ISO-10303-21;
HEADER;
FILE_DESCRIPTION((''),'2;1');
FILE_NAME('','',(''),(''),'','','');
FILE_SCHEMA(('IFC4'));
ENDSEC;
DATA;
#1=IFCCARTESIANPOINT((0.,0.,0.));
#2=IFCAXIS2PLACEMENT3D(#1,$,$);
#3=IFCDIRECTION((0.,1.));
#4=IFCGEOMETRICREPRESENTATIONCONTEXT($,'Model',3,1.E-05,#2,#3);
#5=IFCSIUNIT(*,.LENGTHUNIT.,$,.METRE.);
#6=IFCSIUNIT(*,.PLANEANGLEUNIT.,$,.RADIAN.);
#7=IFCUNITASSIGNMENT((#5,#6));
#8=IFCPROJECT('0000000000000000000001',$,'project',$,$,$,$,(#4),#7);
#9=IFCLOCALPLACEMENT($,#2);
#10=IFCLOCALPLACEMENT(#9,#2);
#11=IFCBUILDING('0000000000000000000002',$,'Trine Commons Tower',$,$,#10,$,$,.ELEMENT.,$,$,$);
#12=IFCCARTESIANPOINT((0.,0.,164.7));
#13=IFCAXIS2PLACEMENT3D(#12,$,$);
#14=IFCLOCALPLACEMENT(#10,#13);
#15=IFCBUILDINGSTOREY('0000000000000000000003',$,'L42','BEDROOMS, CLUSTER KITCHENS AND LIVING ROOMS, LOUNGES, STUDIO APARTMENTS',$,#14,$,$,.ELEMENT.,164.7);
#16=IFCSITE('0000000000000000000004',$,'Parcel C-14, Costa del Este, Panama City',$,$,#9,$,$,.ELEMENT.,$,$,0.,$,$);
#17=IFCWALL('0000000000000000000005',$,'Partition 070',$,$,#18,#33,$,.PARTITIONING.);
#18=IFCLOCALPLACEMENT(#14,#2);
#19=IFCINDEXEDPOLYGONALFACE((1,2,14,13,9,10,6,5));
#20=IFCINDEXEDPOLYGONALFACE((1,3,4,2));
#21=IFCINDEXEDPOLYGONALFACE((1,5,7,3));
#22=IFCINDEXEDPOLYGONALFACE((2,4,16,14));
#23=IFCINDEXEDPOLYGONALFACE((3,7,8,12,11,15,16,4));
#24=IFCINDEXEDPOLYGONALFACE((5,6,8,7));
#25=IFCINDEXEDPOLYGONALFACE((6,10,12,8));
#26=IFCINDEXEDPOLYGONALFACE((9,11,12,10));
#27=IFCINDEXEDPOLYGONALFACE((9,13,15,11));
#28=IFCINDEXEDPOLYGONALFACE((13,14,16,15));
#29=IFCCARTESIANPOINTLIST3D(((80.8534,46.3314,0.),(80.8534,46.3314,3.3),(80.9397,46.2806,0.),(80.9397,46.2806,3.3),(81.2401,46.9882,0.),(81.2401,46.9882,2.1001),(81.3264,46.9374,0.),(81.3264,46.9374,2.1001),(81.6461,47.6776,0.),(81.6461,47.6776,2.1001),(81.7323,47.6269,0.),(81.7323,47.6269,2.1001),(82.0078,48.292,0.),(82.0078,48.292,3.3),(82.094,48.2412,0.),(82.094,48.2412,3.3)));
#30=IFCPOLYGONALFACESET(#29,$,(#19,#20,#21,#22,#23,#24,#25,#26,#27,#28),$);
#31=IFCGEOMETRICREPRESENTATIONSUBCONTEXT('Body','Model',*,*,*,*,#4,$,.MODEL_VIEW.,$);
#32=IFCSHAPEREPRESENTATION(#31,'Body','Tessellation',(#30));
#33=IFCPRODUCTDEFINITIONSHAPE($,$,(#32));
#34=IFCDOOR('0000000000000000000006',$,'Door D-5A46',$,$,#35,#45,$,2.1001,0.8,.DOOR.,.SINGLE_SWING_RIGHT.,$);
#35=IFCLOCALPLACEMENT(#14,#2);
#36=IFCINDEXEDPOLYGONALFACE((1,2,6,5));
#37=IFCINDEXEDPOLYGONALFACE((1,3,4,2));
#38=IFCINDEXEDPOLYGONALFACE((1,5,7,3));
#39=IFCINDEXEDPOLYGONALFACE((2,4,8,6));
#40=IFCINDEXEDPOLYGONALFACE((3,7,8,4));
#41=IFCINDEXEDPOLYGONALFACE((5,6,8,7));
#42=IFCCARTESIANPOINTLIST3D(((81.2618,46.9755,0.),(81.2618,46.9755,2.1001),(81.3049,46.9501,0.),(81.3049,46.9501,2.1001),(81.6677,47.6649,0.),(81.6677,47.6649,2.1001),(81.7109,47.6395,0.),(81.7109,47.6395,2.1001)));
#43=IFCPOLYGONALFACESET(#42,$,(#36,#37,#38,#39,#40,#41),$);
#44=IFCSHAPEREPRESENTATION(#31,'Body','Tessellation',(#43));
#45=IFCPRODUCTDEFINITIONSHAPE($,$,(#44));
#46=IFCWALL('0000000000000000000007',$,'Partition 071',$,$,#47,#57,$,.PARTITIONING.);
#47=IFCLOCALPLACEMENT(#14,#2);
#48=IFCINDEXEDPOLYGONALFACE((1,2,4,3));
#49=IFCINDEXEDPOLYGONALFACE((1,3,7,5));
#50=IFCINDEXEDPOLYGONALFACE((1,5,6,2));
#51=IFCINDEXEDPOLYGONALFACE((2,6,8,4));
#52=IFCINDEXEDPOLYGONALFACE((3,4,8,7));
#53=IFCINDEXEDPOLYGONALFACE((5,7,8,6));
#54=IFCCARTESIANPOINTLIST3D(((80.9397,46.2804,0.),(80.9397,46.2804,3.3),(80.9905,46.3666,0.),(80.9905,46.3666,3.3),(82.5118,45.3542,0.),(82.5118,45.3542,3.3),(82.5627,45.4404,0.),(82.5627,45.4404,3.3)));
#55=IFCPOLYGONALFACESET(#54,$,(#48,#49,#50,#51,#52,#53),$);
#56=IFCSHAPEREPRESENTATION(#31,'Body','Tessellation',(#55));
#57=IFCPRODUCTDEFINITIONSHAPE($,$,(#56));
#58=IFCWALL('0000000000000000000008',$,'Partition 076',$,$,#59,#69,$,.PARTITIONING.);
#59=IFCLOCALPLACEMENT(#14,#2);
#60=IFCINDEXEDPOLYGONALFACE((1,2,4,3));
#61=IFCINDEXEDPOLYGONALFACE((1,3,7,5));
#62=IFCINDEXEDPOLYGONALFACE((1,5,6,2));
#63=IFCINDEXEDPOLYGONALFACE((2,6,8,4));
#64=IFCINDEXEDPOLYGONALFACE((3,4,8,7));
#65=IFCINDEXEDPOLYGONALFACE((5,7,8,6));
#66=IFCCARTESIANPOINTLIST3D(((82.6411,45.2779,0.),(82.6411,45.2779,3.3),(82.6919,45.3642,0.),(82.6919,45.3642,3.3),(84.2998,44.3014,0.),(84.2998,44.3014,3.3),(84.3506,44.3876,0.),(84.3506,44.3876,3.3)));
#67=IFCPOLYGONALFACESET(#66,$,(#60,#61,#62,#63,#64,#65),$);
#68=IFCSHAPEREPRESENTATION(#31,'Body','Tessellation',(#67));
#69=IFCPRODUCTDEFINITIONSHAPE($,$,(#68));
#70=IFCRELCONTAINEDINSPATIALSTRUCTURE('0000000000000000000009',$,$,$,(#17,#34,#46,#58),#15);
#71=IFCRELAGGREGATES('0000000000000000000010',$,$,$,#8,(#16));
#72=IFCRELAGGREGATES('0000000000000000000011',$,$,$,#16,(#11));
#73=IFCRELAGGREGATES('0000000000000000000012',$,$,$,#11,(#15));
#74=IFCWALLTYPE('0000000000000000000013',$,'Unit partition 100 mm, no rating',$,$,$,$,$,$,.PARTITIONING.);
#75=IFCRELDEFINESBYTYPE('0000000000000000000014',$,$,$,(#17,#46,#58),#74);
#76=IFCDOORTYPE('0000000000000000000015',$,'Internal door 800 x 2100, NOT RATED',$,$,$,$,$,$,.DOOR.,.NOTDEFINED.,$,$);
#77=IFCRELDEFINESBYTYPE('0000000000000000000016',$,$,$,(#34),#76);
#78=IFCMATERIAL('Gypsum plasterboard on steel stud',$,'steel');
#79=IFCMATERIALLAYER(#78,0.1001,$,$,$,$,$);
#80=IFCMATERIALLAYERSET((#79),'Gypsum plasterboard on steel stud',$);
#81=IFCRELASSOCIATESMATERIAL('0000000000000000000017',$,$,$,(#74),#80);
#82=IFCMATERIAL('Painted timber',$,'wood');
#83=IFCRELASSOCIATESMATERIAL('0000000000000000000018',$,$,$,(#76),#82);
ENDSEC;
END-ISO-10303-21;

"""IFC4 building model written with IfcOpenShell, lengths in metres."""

from ifc_helpers import new_model, si_unit, direction, frame, frame_2d, origin, place, context, subcontext, project, spatial, rectangle, extrude, material, layer, layer_set, type_object, element, fill, save


model = new_model("IFC4")

# Units and contexts
model_context = context("Model", 3, precision=1e-05, world=origin(), true_north=direction((0.0, 1.0)))
body_context = subcontext(model_context, "Body", "Model", "MODEL_VIEW")
ifc_project = project(units=[si_unit("LENGTHUNIT", "METRE"), si_unit("PLANEANGLEUNIT", "RADIAN")], contexts=[model_context])

# Site, building, storey
site_placement = place(None, origin())
site = spatial("IfcSite", under=ifc_project, at=site_placement, Name="Parcel C-14, Costa del Este, Panama City", CompositionType="ELEMENT", RefElevation=0.0)
building_placement = place(site_placement, origin())
building = spatial("IfcBuilding", under=site, at=building_placement, Name="Trine Commons Tower", CompositionType="ELEMENT")
storey_placement = place(building_placement, frame((0.0, 0.0, 164.7)))
storey = spatial("IfcBuildingStorey", under=building, at=storey_placement, Name="L42", Description="BEDROOMS, CLUSTER KITCHENS AND LIVING ROOMS, LOUNGES, STUDIO APARTMENTS", CompositionType="ELEMENT", Elevation=164.7)

# Shared definitions
ifc_material_1 = material(Name="Gypsum plasterboard on steel stud", Category="steel")

# Wall, opening, door
ifc_layer_1 = layer(ifc_material_1, 0.1001)
ifc_layer_set_1 = layer_set([ifc_layer_1], Name="Gypsum plasterboard on steel stud")
wall_type_1 = type_object("IfcWallType", Name="Unit partition 100 mm, no rating", PredefinedType="PARTITIONING", material=ifc_layer_set_1)
wall_1_placement = place(storey_placement, frame((80.8965, 46.3059, 0.0), z_axis=(0.0, 0.0, 1.0), x_axis=(0.507377, 0.861724, 0.0)))
wall_1 = element("IfcWall", 1, at=wall_1_placement, inside=storey, type_object=wall_type_1, Name="Partition 070", PredefinedType="PARTITIONING", context=body_context, shape_type="SweptSolid", body=[
    extrude(rectangle(XDim=2.2751, YDim=0.1001, at=frame_2d((1.1377, 0.0))), origin(), (0.0, 0.0, 1.0), 3.3),
])
opening_1_placement = place(wall_1_placement, frame((0.7625, 0.0, 0.0)))
opening_1 = element("IfcOpeningElement", 2, at=opening_1_placement, cuts=wall_1, PredefinedType="OPENING", context=body_context, shape_type="SweptSolid", body=[
    extrude(rectangle(XDim=0.8, YDim=2.1001, at=frame_2d((0.3999, 1.05))), frame((0.0, 0.0601, 0.0), z_axis=(0.0, -1.0, 0.0), x_axis=(1.0, 0.0, 0.0)), (0.0, 0.0, 1.0), 0.1201),
])
ifc_material_2 = material(Name="Painted timber", Category="wood")
door_type_1 = type_object("IfcDoorType", Name="Internal door 800 x 2100, NOT RATED", OperationType="NOTDEFINED", PredefinedType="DOOR", material=ifc_material_2)
door_1_placement = place(opening_1_placement, origin())
door_1 = element("IfcDoor", 3, at=door_1_placement, inside=storey, type_object=door_type_1, Name="Door D-5A46", OperationType="SINGLE_SWING_RIGHT", OverallHeight=2.1001, OverallWidth=0.8, PredefinedType="DOOR", context=body_context, shape_type="SweptSolid", body=[
    extrude(rectangle(XDim=0.8, YDim=2.1001, at=frame_2d((0.3999, 1.05))), frame((0.0, 0.0249, 0.0), z_axis=(0.0, -1.0, 0.0), x_axis=(1.0, 0.0, 0.0)), (0.0, 0.0, 1.0), 0.05),
])
fill(opening_1, door_1)

# Walls
wall_2_placement = place(storey_placement, frame((80.9651, 46.3235, 0.0), z_axis=(0.0, 0.0, 1.0), x_axis=(0.861597, -0.507593, 0.0)))
element("IfcWall", 4, at=wall_2_placement, inside=storey, type_object=wall_type_1, Name="Partition 071", PredefinedType="PARTITIONING", context=body_context, shape_type="SweptSolid", body=[
    extrude(rectangle(XDim=1.8247, YDim=0.1001, at=frame_2d((0.9124, 0.0))), origin(), (0.0, 0.0, 1.0), 3.3),
])
wall_3_placement = place(storey_placement, frame((82.6665, 45.321, 0.0), z_axis=(0.0, 0.0, 1.0), x_axis=(0.861739, -0.507353, 0.0)))
element("IfcWall", 5, at=wall_3_placement, inside=storey, type_object=wall_type_1, Name="Partition 076", PredefinedType="PARTITIONING", context=body_context, shape_type="SweptSolid", body=[
    extrude(rectangle(XDim=1.9248, YDim=0.1001, at=frame_2d((0.9624, 0.0))), origin(), (0.0, 0.0, 1.0), 3.3),
])

save(model, "model.ifc")
